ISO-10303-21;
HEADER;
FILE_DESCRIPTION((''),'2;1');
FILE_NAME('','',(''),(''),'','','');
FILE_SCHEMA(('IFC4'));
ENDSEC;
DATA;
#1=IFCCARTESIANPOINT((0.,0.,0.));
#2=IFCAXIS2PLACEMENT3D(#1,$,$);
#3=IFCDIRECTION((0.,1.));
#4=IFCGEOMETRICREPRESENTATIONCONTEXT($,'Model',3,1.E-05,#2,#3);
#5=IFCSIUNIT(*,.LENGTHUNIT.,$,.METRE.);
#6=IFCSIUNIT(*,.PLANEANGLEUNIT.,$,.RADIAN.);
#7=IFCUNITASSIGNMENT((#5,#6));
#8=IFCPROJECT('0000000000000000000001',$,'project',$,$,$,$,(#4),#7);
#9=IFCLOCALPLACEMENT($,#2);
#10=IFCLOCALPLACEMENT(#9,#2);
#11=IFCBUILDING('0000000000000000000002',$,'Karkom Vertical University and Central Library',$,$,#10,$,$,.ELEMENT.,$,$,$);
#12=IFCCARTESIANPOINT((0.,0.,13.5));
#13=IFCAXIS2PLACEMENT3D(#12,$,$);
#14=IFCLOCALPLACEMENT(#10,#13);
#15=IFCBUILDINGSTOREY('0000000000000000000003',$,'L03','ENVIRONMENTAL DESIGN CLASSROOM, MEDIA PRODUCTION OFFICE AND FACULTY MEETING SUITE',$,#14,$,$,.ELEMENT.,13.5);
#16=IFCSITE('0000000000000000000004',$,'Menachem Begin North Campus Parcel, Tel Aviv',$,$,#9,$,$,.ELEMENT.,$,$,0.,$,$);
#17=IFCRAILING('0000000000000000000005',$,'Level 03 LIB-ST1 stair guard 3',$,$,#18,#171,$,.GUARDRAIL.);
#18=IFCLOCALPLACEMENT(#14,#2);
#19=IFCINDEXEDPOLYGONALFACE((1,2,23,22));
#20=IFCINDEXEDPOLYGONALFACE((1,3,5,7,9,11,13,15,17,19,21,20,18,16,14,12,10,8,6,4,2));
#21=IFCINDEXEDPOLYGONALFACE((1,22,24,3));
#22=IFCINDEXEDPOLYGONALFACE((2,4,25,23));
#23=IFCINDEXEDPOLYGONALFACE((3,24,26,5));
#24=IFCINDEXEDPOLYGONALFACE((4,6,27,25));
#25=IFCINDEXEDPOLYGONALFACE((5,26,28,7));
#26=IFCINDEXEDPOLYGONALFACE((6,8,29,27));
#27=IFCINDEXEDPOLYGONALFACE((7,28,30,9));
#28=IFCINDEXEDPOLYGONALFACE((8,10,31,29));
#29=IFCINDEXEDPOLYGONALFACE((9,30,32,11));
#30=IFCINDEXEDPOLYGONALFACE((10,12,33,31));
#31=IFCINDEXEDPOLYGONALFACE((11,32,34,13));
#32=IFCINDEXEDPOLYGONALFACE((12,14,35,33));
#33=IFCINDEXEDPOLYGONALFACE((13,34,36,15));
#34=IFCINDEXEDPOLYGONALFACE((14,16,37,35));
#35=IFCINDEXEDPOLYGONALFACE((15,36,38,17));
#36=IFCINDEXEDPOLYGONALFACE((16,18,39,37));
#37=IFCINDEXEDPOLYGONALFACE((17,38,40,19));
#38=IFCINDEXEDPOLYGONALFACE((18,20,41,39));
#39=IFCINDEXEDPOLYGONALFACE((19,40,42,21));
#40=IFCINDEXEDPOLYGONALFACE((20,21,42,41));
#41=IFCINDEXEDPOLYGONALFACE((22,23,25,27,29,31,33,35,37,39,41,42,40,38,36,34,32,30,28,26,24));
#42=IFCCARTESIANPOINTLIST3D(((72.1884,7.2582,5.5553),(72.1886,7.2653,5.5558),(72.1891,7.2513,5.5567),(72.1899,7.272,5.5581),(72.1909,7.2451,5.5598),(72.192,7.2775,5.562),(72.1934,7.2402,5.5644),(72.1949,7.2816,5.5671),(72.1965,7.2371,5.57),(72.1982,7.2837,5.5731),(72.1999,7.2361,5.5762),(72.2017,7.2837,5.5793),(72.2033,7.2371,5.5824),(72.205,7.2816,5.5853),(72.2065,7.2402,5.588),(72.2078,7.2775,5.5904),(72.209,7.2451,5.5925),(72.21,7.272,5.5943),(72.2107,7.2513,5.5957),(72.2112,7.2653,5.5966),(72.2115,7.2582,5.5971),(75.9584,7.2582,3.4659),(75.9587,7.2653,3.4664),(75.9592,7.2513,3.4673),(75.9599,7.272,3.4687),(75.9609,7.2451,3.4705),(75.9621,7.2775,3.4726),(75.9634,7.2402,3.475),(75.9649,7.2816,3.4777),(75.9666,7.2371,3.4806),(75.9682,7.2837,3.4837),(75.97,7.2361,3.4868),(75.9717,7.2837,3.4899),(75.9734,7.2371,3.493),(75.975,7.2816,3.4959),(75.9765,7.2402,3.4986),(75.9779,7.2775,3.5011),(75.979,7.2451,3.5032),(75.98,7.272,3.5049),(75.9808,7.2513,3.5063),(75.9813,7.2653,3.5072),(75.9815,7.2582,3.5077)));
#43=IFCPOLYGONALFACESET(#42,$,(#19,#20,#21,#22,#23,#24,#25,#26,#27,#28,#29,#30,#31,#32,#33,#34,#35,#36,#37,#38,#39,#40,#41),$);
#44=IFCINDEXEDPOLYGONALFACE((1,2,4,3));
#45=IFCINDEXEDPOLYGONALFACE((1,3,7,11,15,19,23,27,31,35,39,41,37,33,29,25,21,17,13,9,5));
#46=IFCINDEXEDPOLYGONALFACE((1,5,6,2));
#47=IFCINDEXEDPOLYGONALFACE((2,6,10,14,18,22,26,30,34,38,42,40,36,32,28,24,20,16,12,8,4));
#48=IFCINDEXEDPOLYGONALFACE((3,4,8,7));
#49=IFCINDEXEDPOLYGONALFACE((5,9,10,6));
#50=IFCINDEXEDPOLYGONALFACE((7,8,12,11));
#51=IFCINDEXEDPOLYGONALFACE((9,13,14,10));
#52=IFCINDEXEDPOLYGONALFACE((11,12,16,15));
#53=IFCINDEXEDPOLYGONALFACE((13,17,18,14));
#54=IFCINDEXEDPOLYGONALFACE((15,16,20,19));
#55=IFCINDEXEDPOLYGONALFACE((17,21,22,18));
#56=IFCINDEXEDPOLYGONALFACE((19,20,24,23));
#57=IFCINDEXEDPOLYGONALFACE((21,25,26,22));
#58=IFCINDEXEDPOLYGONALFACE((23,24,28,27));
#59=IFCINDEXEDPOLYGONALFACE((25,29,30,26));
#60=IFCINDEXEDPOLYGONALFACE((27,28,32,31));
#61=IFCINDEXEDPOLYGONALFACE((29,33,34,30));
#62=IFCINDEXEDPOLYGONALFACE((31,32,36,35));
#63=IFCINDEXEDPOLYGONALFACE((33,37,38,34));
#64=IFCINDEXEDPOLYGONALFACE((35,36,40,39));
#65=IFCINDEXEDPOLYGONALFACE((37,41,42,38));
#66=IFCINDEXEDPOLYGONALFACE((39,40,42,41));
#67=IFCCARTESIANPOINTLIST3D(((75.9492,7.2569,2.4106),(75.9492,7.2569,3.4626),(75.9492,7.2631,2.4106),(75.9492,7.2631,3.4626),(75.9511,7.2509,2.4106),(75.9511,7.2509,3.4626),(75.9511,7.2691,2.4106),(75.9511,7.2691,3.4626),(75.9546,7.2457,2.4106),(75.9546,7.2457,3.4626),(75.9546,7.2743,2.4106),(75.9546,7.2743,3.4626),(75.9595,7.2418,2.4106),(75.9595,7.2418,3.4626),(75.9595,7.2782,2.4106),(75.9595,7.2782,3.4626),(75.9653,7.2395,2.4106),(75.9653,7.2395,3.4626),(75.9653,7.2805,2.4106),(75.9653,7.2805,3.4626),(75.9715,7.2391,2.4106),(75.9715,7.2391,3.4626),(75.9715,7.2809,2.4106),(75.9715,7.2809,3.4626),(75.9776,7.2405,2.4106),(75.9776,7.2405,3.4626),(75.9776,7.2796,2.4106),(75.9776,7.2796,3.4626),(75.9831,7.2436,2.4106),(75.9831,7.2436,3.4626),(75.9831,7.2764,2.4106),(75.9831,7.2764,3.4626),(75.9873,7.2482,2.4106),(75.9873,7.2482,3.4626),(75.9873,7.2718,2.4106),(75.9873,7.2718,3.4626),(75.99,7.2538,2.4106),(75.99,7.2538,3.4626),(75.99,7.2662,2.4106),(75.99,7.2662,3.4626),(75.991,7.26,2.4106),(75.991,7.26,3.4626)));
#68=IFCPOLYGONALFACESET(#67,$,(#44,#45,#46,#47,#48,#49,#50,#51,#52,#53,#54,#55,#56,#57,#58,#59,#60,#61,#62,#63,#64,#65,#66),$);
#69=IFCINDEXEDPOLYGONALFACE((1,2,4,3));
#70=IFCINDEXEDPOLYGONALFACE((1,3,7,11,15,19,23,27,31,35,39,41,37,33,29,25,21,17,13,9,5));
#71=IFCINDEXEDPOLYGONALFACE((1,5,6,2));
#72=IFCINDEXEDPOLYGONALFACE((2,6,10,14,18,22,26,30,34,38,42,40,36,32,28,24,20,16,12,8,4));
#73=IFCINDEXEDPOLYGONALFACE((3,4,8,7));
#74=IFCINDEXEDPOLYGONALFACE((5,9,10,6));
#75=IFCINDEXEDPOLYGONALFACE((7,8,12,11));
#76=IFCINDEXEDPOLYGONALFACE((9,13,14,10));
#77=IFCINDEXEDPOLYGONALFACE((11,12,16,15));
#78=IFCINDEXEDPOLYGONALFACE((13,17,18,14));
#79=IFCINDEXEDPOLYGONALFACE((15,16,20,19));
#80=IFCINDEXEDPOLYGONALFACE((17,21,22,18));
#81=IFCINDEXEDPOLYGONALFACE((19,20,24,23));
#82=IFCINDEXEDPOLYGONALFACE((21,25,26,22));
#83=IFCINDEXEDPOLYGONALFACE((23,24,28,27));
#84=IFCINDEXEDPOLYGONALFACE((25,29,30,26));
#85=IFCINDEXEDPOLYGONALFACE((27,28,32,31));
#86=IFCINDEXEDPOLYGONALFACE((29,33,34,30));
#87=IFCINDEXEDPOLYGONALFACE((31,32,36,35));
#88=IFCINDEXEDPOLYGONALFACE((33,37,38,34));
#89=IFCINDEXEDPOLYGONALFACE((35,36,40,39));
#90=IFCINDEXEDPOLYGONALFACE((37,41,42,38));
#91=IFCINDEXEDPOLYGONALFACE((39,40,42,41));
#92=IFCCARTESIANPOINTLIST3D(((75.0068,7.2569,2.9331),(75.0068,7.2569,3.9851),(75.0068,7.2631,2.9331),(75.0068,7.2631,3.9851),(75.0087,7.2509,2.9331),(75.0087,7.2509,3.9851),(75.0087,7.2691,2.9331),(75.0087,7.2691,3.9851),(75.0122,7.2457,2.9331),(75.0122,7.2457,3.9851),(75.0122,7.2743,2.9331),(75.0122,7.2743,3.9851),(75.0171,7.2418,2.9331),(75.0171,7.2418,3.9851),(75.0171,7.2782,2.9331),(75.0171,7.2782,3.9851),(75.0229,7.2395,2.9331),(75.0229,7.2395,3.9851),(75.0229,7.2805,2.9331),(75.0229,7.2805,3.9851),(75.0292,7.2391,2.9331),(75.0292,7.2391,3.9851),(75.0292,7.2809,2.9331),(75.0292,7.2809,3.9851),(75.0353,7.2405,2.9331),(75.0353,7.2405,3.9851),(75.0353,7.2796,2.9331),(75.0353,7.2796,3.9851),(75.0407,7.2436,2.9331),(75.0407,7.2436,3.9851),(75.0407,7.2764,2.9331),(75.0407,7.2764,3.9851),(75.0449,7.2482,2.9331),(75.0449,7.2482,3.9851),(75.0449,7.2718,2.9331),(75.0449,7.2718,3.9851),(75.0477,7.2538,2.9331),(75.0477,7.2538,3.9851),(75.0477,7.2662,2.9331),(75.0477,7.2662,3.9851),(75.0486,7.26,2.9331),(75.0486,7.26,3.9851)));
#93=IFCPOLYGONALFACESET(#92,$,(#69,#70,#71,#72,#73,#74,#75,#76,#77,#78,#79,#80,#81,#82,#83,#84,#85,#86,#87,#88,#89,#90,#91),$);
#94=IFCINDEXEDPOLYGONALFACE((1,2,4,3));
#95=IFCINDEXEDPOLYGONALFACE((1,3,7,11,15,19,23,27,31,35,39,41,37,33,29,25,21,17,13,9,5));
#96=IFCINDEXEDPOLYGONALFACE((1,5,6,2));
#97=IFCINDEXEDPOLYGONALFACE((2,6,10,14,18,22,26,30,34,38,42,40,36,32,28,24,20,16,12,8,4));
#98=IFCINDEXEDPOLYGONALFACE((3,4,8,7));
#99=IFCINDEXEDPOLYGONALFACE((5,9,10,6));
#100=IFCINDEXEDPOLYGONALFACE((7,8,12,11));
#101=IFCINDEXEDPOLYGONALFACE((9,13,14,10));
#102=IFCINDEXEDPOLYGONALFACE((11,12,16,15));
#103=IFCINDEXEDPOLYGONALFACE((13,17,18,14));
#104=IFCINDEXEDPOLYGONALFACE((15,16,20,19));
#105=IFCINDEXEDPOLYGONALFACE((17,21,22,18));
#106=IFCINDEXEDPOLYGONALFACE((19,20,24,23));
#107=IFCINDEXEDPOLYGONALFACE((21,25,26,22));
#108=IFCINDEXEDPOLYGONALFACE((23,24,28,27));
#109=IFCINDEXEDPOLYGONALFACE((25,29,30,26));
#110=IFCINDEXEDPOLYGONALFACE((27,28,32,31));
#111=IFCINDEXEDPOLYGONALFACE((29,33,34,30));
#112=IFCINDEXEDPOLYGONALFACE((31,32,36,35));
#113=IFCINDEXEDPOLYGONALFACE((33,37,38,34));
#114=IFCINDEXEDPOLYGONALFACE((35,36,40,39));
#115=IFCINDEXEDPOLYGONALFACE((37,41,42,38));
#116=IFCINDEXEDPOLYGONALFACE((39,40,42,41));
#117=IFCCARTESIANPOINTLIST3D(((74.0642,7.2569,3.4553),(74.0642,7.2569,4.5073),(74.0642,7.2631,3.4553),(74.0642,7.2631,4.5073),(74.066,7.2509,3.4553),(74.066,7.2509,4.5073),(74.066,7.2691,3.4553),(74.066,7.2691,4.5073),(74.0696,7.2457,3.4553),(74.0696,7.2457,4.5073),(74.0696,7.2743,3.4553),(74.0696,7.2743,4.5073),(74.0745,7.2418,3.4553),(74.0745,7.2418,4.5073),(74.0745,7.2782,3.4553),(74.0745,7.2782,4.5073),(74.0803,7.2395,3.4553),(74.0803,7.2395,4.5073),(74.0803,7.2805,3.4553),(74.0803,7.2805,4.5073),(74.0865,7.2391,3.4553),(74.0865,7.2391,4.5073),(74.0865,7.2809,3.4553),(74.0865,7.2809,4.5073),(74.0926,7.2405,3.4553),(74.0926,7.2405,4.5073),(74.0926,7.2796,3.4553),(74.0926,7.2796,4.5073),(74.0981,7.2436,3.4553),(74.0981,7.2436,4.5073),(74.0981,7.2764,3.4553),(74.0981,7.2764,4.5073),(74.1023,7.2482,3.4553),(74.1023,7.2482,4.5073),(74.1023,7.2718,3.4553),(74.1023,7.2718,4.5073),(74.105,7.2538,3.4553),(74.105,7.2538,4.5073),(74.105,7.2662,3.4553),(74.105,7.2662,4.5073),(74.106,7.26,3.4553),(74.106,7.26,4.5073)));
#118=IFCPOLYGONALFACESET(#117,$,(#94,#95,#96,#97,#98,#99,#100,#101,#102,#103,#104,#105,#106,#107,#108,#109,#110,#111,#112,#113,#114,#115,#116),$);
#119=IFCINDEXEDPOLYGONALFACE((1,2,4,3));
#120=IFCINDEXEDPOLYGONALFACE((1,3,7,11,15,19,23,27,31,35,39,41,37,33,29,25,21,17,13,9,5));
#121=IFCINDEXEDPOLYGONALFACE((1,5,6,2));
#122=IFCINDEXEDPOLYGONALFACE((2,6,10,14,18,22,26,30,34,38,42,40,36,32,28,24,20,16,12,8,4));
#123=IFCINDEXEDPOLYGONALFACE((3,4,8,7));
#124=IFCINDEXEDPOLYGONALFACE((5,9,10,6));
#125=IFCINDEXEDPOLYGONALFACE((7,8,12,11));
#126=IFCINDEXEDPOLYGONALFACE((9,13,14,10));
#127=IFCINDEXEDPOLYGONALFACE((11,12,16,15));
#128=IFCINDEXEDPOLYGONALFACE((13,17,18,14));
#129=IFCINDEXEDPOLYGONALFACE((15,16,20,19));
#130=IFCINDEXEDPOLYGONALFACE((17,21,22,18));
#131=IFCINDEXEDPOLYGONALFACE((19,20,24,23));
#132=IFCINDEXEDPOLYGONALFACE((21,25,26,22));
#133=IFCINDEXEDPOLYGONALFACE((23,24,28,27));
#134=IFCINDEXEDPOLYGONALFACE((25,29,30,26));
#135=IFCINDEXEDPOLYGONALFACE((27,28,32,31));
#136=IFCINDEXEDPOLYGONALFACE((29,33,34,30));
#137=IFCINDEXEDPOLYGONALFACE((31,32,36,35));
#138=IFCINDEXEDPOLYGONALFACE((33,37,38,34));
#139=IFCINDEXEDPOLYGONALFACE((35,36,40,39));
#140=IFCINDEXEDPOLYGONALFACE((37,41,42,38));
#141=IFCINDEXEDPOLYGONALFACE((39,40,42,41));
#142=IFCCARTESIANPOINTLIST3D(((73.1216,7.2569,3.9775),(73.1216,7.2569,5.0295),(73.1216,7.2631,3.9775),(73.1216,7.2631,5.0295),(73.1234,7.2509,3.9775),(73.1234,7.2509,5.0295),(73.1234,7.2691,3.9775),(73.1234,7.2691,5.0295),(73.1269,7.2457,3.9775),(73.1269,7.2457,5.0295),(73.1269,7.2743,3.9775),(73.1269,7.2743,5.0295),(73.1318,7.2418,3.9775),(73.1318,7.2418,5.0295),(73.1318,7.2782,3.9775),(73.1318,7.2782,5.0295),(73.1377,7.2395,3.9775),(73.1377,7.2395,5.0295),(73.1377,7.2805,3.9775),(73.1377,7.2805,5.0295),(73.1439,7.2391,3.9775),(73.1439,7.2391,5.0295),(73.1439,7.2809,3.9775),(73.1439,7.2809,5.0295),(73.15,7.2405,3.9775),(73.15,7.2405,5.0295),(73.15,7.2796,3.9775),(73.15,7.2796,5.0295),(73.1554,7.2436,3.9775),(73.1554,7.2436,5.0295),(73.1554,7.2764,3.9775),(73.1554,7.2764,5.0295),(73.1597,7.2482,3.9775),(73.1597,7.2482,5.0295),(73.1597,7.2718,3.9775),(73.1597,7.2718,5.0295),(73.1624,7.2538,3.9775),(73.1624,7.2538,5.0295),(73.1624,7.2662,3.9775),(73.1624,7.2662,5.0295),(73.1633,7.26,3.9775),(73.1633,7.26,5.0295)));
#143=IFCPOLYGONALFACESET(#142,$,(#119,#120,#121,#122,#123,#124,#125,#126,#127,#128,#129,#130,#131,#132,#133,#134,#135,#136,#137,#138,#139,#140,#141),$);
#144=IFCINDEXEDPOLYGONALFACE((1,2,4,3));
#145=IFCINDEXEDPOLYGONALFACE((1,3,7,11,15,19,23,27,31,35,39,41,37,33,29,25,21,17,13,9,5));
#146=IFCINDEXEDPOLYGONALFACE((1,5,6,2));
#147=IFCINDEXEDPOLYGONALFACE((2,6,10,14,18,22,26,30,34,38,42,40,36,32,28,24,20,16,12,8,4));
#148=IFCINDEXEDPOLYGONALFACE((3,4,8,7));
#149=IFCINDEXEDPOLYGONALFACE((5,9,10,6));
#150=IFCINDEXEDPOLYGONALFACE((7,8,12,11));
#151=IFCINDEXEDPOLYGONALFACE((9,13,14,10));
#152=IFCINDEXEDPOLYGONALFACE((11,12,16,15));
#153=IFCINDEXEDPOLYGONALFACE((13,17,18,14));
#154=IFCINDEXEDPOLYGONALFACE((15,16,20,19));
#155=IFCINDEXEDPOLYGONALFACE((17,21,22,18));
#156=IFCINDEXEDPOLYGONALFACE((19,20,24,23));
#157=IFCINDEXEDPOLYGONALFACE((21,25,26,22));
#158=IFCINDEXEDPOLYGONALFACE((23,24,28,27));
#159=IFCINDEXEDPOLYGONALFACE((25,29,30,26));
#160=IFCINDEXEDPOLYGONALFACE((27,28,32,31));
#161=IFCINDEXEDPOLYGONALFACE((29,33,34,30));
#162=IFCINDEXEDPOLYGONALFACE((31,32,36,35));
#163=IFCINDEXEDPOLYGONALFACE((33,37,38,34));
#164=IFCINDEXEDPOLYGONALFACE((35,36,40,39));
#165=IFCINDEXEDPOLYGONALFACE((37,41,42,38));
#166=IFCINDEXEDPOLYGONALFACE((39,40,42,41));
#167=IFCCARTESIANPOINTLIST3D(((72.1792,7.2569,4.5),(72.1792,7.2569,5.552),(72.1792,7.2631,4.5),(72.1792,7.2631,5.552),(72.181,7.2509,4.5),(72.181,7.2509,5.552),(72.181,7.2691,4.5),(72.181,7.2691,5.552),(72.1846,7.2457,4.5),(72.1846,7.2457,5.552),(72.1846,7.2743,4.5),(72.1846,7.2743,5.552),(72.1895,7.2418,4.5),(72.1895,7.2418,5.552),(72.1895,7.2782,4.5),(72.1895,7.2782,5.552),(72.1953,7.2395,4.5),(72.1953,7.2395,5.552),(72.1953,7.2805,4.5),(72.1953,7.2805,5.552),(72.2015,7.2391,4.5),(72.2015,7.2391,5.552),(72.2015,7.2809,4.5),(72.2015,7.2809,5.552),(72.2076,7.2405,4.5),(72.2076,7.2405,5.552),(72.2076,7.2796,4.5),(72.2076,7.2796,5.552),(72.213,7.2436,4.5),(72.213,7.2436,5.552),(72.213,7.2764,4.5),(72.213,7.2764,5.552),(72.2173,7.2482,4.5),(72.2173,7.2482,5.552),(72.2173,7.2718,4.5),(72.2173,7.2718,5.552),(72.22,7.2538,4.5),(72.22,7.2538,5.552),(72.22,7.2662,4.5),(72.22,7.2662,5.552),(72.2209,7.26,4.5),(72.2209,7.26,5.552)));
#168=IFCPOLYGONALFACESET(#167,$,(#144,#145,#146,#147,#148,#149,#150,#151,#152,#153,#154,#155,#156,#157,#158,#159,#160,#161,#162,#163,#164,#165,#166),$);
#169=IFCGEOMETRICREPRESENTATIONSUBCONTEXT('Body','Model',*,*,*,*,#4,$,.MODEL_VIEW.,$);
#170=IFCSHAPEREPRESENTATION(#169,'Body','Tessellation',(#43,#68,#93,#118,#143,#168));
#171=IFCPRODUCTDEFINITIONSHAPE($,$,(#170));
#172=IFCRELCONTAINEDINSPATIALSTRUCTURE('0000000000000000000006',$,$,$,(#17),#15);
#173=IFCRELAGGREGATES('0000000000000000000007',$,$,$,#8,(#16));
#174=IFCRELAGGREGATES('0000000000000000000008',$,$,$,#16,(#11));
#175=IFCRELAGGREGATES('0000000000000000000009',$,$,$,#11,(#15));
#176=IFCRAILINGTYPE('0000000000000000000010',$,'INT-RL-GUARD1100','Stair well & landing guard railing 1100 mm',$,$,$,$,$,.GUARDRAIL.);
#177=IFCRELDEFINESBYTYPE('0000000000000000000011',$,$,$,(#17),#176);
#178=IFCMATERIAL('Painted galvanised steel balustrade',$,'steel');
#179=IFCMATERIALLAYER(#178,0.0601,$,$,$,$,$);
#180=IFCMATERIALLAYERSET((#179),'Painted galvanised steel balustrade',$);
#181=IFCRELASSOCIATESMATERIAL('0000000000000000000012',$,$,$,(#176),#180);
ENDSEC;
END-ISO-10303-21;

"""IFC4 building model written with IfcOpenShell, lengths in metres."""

from ifc_helpers import new_model, si_unit, direction, frame, origin, origin_2d, place, context, subcontext, project, spatial, circle, extrude, material, layer, layer_set, type_object, element, save


model = new_model("IFC4")

# Units and contexts
model_context = context("Model", 3, precision=1e-05, world=origin(), true_north=direction((0.0, 1.0)))
body_context = subcontext(model_context, "Body", "Model", "MODEL_VIEW")
ifc_project = project(units=[si_unit("LENGTHUNIT", "METRE"), si_unit("PLANEANGLEUNIT", "RADIAN")], contexts=[model_context])

# Site, building, storey
site_placement = place(None, origin())
site = spatial("IfcSite", under=ifc_project, at=site_placement, Name="Menachem Begin North Campus Parcel, Tel Aviv", CompositionType="ELEMENT", RefElevation=0.0)
building_placement = place(site_placement, origin())
building = spatial("IfcBuilding", under=site, at=building_placement, Name="Karkom Vertical University and Central Library", CompositionType="ELEMENT")
storey_placement = place(building_placement, frame((0.0, 0.0, 13.5)))
storey = spatial("IfcBuildingStorey", under=building, at=storey_placement, Name="L03", Description="ENVIRONMENTAL DESIGN CLASSROOM, MEDIA PRODUCTION OFFICE AND FACULTY MEETING SUITE", CompositionType="ELEMENT", Elevation=13.5)

# Railing
ifc_material_1 = material(Name="Painted galvanised steel balustrade", Category="steel")
ifc_layer_1 = layer(ifc_material_1, 0.0601)
ifc_layer_set_1 = layer_set([ifc_layer_1], Name="Painted galvanised steel balustrade")
railing_type = type_object("IfcRailingType", Name="INT-RL-GUARD1100", Description="Stair well & landing guard railing 1100 mm", PredefinedType="GUARDRAIL", material=ifc_layer_set_1)
railing_1_placement = place(storey_placement, frame((75.97, 7.26, 2.4106)))
element("IfcRailing", 1, at=railing_1_placement, inside=storey, type_object=railing_type, Name="Level 03 LIB-ST1 stair guard 3", PredefinedType="GUARDRAIL", context=body_context, shape_type="SweptSolid", body=[
    extrude(circle(Radius=0.0239, at=origin_2d()), frame((0.0, 0.0, 1.0762), z_axis=(-0.874659, 0.0, 0.484739), x_axis=(0.0, -1.0, 0.0)), (0.0, 0.0, 1.0), 4.3103),
    extrude(circle(Radius=0.021, at=origin_2d()), origin(), (0.0, 0.0, 1.0), 1.052),
    extrude(circle(Radius=0.021, at=origin_2d()), frame((-0.9424, 0.0, 0.5225)), (0.0, 0.0, 1.0), 1.052),
    extrude(circle(Radius=0.021, at=origin_2d()), frame((-1.885, 0.0, 1.0447)), (0.0, 0.0, 1.0), 1.052),
    extrude(circle(Radius=0.021, at=origin_2d()), frame((-2.8276, 0.0, 1.5669)), (0.0, 0.0, 1.0), 1.052),
    extrude(circle(Radius=0.021, at=origin_2d()), frame((-3.77, 0.0, 2.0894)), (0.0, 0.0, 1.0), 1.052),
])

save(model, "model.ifc")
